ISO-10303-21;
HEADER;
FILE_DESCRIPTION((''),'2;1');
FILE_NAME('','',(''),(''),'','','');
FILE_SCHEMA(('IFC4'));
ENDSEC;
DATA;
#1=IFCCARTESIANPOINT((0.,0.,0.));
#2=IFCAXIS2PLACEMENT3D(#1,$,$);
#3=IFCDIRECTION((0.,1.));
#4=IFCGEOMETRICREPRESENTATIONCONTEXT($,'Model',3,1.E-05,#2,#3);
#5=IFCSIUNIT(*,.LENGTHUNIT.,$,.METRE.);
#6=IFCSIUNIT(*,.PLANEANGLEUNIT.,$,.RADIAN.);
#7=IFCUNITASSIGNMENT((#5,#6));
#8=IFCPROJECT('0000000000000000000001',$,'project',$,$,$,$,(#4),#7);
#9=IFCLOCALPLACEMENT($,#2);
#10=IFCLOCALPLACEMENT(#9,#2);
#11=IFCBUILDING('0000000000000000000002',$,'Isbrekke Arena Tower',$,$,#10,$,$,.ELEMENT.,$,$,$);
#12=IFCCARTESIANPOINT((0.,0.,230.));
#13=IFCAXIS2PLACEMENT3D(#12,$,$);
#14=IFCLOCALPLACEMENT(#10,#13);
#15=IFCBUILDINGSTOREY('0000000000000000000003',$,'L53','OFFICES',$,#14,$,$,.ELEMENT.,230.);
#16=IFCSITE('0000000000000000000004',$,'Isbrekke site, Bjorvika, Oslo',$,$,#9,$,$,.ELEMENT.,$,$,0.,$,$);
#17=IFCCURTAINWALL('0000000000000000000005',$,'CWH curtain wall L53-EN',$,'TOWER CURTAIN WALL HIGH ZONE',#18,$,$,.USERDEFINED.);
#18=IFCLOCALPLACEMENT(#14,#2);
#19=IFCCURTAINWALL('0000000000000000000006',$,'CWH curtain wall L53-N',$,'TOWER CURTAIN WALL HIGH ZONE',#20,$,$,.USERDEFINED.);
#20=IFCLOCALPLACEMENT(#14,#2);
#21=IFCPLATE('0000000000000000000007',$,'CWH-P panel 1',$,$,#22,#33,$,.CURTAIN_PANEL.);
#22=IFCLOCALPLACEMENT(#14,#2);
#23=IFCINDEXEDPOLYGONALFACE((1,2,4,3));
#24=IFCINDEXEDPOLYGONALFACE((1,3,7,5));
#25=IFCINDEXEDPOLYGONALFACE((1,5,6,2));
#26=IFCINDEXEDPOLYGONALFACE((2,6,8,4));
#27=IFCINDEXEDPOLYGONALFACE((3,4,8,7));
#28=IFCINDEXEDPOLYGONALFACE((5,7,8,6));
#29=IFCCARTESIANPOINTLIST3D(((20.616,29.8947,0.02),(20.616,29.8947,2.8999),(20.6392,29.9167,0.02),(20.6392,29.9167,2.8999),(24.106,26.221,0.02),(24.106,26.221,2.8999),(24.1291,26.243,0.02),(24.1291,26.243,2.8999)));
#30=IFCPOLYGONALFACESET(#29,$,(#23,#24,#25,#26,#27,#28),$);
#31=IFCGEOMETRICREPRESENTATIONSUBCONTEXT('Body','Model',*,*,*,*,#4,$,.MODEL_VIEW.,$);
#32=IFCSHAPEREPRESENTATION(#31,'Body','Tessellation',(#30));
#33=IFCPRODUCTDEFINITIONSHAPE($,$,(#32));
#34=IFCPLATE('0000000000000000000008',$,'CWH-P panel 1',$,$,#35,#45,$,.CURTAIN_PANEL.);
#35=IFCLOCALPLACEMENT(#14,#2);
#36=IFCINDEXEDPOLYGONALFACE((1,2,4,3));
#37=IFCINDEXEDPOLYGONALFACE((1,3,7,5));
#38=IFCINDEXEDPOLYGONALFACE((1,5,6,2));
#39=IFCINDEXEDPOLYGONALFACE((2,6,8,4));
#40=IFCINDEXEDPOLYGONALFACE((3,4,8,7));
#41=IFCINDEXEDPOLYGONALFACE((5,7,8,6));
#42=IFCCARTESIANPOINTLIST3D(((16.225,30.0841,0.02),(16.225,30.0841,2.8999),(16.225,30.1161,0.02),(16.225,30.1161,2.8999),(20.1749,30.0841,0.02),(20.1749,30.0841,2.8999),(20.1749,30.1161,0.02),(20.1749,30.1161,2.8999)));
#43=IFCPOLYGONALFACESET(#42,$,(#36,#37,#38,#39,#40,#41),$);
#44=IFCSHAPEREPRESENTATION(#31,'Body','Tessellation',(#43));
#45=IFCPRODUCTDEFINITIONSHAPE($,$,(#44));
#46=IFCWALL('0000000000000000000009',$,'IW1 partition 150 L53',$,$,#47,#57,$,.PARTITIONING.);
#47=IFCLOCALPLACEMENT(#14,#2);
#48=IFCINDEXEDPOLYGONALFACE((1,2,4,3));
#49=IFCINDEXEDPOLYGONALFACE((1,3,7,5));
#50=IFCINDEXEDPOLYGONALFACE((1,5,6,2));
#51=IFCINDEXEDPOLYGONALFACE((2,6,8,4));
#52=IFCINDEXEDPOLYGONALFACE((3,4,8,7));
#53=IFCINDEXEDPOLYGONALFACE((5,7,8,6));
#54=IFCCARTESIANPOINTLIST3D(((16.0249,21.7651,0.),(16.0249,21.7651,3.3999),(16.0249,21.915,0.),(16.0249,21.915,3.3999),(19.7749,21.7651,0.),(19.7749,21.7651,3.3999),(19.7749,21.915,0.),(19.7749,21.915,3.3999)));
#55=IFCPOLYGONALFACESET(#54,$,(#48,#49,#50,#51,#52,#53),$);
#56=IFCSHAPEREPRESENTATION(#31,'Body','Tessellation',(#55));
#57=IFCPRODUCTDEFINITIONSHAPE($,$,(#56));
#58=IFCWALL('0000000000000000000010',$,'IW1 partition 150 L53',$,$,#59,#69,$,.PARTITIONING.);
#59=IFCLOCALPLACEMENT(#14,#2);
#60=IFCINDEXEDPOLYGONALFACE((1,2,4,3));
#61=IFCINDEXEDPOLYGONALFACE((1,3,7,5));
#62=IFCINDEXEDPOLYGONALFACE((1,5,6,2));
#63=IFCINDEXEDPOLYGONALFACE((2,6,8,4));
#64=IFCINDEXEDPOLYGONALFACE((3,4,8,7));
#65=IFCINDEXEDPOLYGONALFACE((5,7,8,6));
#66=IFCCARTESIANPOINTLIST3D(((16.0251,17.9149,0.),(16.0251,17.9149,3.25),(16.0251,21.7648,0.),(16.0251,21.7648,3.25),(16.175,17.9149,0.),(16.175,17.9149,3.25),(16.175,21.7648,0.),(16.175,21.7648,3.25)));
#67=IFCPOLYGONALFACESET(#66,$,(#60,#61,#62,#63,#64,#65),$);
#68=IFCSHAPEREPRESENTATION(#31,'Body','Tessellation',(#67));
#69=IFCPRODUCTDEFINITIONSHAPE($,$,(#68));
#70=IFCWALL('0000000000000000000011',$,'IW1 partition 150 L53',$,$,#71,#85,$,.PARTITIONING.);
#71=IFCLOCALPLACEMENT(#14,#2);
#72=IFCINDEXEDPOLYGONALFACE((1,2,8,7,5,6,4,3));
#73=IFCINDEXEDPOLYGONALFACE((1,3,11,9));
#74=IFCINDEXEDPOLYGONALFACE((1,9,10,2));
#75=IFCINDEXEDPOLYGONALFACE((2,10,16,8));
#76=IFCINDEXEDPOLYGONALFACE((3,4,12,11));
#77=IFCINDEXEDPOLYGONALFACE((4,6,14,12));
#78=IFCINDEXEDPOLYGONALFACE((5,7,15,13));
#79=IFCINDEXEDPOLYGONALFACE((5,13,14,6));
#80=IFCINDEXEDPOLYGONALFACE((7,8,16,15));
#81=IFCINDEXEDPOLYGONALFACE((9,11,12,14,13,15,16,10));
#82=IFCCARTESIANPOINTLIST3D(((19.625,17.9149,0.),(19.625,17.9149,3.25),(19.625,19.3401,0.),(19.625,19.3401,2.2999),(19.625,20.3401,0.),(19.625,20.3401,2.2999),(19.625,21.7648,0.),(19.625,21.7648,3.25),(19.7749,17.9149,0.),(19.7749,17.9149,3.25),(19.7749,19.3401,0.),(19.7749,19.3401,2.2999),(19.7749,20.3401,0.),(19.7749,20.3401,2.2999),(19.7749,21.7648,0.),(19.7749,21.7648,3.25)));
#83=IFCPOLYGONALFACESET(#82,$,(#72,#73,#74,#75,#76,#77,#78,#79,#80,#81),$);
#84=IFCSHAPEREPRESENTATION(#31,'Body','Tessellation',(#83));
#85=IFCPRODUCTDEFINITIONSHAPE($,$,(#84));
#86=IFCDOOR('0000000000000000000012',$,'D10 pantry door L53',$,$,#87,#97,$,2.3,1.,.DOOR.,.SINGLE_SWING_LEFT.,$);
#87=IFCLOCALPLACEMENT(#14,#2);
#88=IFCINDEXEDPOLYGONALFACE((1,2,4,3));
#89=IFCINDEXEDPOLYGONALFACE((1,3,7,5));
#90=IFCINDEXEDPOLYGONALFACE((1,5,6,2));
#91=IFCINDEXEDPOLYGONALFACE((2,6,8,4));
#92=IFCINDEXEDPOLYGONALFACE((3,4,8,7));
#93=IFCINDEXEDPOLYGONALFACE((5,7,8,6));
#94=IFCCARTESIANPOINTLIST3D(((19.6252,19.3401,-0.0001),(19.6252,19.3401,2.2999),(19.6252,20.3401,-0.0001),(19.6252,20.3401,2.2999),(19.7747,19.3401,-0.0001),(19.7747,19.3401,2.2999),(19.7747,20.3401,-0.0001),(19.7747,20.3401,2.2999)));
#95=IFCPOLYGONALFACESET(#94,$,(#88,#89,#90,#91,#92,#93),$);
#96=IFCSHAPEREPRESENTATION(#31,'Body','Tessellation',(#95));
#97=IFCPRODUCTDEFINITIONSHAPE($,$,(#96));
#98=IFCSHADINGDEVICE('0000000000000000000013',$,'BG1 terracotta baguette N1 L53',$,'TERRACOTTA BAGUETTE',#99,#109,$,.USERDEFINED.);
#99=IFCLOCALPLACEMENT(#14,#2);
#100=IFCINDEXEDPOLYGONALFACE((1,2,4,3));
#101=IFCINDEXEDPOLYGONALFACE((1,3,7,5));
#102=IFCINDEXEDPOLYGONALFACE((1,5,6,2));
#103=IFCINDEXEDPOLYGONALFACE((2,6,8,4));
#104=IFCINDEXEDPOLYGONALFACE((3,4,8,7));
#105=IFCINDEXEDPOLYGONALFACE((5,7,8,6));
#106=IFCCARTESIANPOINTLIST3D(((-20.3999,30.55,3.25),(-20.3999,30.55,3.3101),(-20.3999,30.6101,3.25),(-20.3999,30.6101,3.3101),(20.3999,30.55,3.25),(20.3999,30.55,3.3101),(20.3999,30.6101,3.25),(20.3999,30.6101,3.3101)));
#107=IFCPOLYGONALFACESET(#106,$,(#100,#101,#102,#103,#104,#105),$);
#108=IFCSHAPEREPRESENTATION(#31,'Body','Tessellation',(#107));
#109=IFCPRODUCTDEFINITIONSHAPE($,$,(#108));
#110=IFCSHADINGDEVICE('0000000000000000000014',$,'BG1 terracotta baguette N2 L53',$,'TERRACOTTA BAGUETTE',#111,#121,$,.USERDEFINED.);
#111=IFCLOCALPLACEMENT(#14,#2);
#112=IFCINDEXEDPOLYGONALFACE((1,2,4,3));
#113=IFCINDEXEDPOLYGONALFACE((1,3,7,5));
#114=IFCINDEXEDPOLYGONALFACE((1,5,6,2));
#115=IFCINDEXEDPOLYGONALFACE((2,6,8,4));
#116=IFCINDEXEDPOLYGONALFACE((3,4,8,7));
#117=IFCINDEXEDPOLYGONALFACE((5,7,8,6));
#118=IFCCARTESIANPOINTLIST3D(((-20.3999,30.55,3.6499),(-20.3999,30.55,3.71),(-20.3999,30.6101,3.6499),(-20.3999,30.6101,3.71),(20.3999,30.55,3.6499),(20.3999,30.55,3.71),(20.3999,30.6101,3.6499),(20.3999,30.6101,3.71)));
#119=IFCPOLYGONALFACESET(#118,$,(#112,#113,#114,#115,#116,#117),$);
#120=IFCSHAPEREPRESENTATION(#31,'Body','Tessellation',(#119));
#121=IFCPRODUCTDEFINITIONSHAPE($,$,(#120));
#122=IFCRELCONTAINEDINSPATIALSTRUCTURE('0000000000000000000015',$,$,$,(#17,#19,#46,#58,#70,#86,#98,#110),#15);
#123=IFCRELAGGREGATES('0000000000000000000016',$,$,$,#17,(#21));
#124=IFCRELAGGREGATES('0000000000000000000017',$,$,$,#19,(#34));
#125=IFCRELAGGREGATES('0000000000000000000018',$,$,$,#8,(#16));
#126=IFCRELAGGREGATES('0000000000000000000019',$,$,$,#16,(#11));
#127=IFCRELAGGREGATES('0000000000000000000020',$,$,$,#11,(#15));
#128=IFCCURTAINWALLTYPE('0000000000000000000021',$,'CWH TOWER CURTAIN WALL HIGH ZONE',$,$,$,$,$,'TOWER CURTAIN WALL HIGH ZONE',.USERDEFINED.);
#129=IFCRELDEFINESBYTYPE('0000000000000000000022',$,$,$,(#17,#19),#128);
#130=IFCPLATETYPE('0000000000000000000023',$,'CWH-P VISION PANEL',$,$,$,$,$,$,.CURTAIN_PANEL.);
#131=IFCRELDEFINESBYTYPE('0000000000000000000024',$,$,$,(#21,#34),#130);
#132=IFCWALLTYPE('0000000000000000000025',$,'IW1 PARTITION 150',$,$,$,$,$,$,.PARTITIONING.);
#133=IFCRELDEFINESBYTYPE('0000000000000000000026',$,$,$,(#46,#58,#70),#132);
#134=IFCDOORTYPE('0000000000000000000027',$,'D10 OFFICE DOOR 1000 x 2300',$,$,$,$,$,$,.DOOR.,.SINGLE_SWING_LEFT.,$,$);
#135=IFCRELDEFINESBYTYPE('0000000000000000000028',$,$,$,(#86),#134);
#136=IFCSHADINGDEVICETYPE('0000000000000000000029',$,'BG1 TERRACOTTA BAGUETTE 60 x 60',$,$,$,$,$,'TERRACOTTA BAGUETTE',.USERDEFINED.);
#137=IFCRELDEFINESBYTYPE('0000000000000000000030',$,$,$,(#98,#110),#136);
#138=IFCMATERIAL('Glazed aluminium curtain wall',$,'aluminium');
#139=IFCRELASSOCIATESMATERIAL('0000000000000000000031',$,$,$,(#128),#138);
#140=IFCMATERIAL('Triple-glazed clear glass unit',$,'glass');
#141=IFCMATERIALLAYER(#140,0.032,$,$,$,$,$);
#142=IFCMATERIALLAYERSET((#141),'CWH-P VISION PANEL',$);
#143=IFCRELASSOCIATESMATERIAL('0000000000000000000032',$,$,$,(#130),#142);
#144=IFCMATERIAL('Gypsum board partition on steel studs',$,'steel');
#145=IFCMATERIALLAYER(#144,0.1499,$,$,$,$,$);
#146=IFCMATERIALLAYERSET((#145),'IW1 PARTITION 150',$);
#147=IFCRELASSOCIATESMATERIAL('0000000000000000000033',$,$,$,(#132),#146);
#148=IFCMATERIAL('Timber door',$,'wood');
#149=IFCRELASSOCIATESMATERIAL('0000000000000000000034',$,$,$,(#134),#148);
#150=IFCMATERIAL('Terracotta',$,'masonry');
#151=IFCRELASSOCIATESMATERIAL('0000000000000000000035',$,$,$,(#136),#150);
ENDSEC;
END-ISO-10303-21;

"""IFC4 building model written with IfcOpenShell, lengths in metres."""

from ifc_helpers import new_model, si_unit, direction, frame, frame_2d, origin, origin_2d, place, context, subcontext, project, spatial, rectangle, extrude, material, layer, layer_set, material_profile, profile_set, type_object, element, fill, aggregate, save


model = new_model("IFC4")

# Units and contexts
model_context = context("Model", 3, precision=1e-05, world=origin(), true_north=direction((0.0, 1.0)))
body_context = subcontext(model_context, "Body", "Model", "MODEL_VIEW")
ifc_project = project(units=[si_unit("LENGTHUNIT", "METRE"), si_unit("PLANEANGLEUNIT", "RADIAN")], contexts=[model_context])

# Site, building, storey
site_placement = place(None, origin())
site = spatial("IfcSite", under=ifc_project, at=site_placement, Name="Isbrekke site, Bjorvika, Oslo", CompositionType="ELEMENT", RefElevation=0.0)
building_placement = place(site_placement, origin())
building = spatial("IfcBuilding", under=site, at=building_placement, Name="Isbrekke Arena Tower", CompositionType="ELEMENT")
storey_placement = place(building_placement, frame((0.0, 0.0, 230.0)))
storey = spatial("IfcBuildingStorey", under=building, at=storey_placement, Name="L53", Description="OFFICES", CompositionType="ELEMENT", Elevation=230.0)

# Shared definitions
ifc_material_1 = material(Name="Glazed aluminium curtain wall", Category="aluminium")
curtain_wall_type = type_object("IfcCurtainWallType", Name="CWH TOWER CURTAIN WALL HIGH ZONE", ElementType="TOWER CURTAIN WALL HIGH ZONE", PredefinedType="USERDEFINED", material=ifc_material_1)

# Curtain wall
curtain_wall_1_placement = place(storey_placement, origin())
curtain_wall_1 = element("IfcCurtainWall", 1, at=curtain_wall_1_placement, inside=storey, type_object=curtain_wall_type, Name="CWH curtain wall L53-EN", ObjectType="TOWER CURTAIN WALL HIGH ZONE", PredefinedType="USERDEFINED")

# Curtain wall
curtain_wall_2_placement = place(storey_placement, origin())
curtain_wall_2 = element("IfcCurtainWall", 2, at=curtain_wall_2_placement, inside=storey, type_object=curtain_wall_type, Name="CWH curtain wall L53-N", ObjectType="TOWER CURTAIN WALL HIGH ZONE", PredefinedType="USERDEFINED")

# Plates
ifc_material_2 = material(Name="Triple-glazed clear glass unit", Category="glass")
ifc_layer_1 = layer(ifc_material_2, 0.032)
ifc_layer_set_1 = layer_set([ifc_layer_1], Name="CWH-P VISION PANEL")
plate_type = type_object("IfcPlateType", Name="CWH-P VISION PANEL", PredefinedType="CURTAIN_PANEL", material=ifc_layer_set_1)
plate_1_placement = place(storey_placement, frame((22.3726, 28.0688, 0.02), z_axis=(0.0, 0.0, 1.0), x_axis=(-0.688749, 0.724999, 0.0)))
plate_1 = element("IfcPlate", 3, at=plate_1_placement, type_object=plate_type, Name="CWH-P panel 1", PredefinedType="CURTAIN_PANEL", context=body_context, shape_type="SweptSolid", body=[
    extrude(rectangle(XDim=5.0671, YDim=0.032, at=origin_2d()), origin(), (0.0, 0.0, 1.0), 2.8799),
])
aggregate(curtain_wall_1, [plate_1])
plate_2_placement = place(storey_placement, frame((18.2, 30.1001, 0.02), z_axis=(0.0, 0.0, 1.0), x_axis=(-1.0, 0.0, 0.0)))
plate_2 = element("IfcPlate", 4, at=plate_2_placement, type_object=plate_type, Name="CWH-P panel 1", PredefinedType="CURTAIN_PANEL", context=body_context, shape_type="SweptSolid", body=[
    extrude(rectangle(XDim=3.95, YDim=0.032, at=origin_2d()), origin(), (0.0, 0.0, 1.0), 2.8799),
])
aggregate(curtain_wall_2, [plate_2])

# Walls
ifc_material_3 = material(Name="Gypsum board partition on steel studs", Category="steel")
ifc_layer_2 = layer(ifc_material_3, 0.1499)
ifc_layer_set_2 = layer_set([ifc_layer_2], Name="IW1 PARTITION 150")
wall_type_1 = type_object("IfcWallType", Name="IW1 PARTITION 150", PredefinedType="PARTITIONING", material=ifc_layer_set_2)
wall_1_placement = place(storey_placement, frame((16.0249, 21.8401, 0.0), z_axis=(0.0, 0.0, 1.0), x_axis=(1.0, 0.0, 0.0)))
element("IfcWall", 5, at=wall_1_placement, inside=storey, type_object=wall_type_1, Name="IW1 partition 150 L53", PredefinedType="PARTITIONING", context=body_context, shape_type="SweptSolid", body=[
    extrude(rectangle(XDim=3.75, YDim=0.1499, at=frame_2d((1.875, 0.0))), origin(), (0.0, 0.0, 1.0), 3.3999),
])
wall_2_placement = place(storey_placement, frame((16.1001, 17.915, 0.0), z_axis=(0.0, 0.0, 1.0), x_axis=(0.0, 1.0, 0.0)))
element("IfcWall", 6, at=wall_2_placement, inside=storey, type_object=wall_type_1, Name="IW1 partition 150 L53", PredefinedType="PARTITIONING", context=body_context, shape_type="SweptSolid", body=[
    extrude(rectangle(XDim=3.8499, YDim=0.1499, at=frame_2d((1.9248, 0.0))), origin(), (0.0, 0.0, 1.0), 3.25),
])

# Wall, opening, door
wall_3_placement = place(storey_placement, frame((19.7, 17.915, 0.0), z_axis=(0.0, 0.0, 1.0), x_axis=(0.0, 1.0, 0.0)))
wall_3 = element("IfcWall", 7, at=wall_3_placement, inside=storey, type_object=wall_type_1, Name="IW1 partition 150 L53", PredefinedType="PARTITIONING", context=body_context, shape_type="SweptSolid", body=[
    extrude(rectangle(XDim=3.8499, YDim=0.1499, at=frame_2d((1.9248, 0.0))), origin(), (0.0, 0.0, 1.0), 3.25),
])
opening_1_placement = place(wall_3_placement, frame((1.425, 0.0, 0.0)))
opening_1 = element("IfcOpeningElement", 8, at=opening_1_placement, cuts=wall_3, PredefinedType="OPENING", context=body_context, shape_type="SweptSolid", body=[
    extrude(rectangle(XDim=1.0, YDim=2.3, at=frame_2d((0.5, 1.1499))), frame((0.0, 0.0898, 0.0), z_axis=(0.0, -1.0, 0.0), x_axis=(1.0, 0.0, 0.0)), (0.0, 0.0, 1.0), 0.1797),
])
ifc_material_4 = material(Name="Timber door", Category="wood")
door_type_1 = type_object("IfcDoorType", Name="D10 OFFICE DOOR 1000 x 2300", OperationType="SINGLE_SWING_LEFT", PredefinedType="DOOR", material=ifc_material_4)
door_1_placement = place(opening_1_placement, origin())
door_1 = element("IfcDoor", 9, at=door_1_placement, inside=storey, type_object=door_type_1, Name="D10 pantry door L53", OperationType="SINGLE_SWING_LEFT", OverallHeight=2.3, OverallWidth=1.0, PredefinedType="DOOR", context=body_context, shape_type="SweptSolid", body=[
    extrude(rectangle(XDim=1.0, YDim=2.3, at=frame_2d((0.5, 1.1499))), frame((0.0, 0.0747, 0.0), z_axis=(0.0, -1.0, 0.0), x_axis=(1.0, 0.0, 0.0)), (0.0, 0.0, 1.0), 0.1494),
])
fill(opening_1, door_1)

# Shading devices
ifc_material_5 = material(Name="Terracotta", Category="masonry")
ifc_material_profile_1 = material_profile(ifc_material_5, rectangle(XDim=0.0601, YDim=0.0601, at=origin_2d()), Name="BAGUETTE 60X60")
ifc_profile_set_1 = profile_set([ifc_material_profile_1], Name="Terracotta")
shading_device_type = type_object("IfcShadingDeviceType", Name="BG1 TERRACOTTA BAGUETTE 60 x 60", ElementType="TERRACOTTA BAGUETTE", PredefinedType="USERDEFINED", material=ifc_profile_set_1)
for number, where, z_axis, x_axis, name in (
    (10, (20.3999, 30.5801, 3.28), (-1.0, 0.0, 0.0), (0.0, -1.0, 0.0), "BG1 terracotta baguette N1 L53"),
    (11, (20.3999, 30.5801, 3.6799), (-1.0, 0.0, 0.0), (0.0, -1.0, 0.0), "BG1 terracotta baguette N2 L53"),
):
    element("IfcShadingDevice", number, at=place(storey_placement, frame(where, z_axis=z_axis, x_axis=x_axis)), inside=storey, type_object=shading_device_type, Name=name, ObjectType="TERRACOTTA BAGUETTE", PredefinedType="USERDEFINED", context=body_context, shape_type="SweptSolid", body=[
        extrude(rectangle(XDim=0.0601, YDim=0.0601, at=origin_2d()), origin(), (0.0, 0.0, 1.0), 40.7998),
    ])

save(model, "model.ifc")
